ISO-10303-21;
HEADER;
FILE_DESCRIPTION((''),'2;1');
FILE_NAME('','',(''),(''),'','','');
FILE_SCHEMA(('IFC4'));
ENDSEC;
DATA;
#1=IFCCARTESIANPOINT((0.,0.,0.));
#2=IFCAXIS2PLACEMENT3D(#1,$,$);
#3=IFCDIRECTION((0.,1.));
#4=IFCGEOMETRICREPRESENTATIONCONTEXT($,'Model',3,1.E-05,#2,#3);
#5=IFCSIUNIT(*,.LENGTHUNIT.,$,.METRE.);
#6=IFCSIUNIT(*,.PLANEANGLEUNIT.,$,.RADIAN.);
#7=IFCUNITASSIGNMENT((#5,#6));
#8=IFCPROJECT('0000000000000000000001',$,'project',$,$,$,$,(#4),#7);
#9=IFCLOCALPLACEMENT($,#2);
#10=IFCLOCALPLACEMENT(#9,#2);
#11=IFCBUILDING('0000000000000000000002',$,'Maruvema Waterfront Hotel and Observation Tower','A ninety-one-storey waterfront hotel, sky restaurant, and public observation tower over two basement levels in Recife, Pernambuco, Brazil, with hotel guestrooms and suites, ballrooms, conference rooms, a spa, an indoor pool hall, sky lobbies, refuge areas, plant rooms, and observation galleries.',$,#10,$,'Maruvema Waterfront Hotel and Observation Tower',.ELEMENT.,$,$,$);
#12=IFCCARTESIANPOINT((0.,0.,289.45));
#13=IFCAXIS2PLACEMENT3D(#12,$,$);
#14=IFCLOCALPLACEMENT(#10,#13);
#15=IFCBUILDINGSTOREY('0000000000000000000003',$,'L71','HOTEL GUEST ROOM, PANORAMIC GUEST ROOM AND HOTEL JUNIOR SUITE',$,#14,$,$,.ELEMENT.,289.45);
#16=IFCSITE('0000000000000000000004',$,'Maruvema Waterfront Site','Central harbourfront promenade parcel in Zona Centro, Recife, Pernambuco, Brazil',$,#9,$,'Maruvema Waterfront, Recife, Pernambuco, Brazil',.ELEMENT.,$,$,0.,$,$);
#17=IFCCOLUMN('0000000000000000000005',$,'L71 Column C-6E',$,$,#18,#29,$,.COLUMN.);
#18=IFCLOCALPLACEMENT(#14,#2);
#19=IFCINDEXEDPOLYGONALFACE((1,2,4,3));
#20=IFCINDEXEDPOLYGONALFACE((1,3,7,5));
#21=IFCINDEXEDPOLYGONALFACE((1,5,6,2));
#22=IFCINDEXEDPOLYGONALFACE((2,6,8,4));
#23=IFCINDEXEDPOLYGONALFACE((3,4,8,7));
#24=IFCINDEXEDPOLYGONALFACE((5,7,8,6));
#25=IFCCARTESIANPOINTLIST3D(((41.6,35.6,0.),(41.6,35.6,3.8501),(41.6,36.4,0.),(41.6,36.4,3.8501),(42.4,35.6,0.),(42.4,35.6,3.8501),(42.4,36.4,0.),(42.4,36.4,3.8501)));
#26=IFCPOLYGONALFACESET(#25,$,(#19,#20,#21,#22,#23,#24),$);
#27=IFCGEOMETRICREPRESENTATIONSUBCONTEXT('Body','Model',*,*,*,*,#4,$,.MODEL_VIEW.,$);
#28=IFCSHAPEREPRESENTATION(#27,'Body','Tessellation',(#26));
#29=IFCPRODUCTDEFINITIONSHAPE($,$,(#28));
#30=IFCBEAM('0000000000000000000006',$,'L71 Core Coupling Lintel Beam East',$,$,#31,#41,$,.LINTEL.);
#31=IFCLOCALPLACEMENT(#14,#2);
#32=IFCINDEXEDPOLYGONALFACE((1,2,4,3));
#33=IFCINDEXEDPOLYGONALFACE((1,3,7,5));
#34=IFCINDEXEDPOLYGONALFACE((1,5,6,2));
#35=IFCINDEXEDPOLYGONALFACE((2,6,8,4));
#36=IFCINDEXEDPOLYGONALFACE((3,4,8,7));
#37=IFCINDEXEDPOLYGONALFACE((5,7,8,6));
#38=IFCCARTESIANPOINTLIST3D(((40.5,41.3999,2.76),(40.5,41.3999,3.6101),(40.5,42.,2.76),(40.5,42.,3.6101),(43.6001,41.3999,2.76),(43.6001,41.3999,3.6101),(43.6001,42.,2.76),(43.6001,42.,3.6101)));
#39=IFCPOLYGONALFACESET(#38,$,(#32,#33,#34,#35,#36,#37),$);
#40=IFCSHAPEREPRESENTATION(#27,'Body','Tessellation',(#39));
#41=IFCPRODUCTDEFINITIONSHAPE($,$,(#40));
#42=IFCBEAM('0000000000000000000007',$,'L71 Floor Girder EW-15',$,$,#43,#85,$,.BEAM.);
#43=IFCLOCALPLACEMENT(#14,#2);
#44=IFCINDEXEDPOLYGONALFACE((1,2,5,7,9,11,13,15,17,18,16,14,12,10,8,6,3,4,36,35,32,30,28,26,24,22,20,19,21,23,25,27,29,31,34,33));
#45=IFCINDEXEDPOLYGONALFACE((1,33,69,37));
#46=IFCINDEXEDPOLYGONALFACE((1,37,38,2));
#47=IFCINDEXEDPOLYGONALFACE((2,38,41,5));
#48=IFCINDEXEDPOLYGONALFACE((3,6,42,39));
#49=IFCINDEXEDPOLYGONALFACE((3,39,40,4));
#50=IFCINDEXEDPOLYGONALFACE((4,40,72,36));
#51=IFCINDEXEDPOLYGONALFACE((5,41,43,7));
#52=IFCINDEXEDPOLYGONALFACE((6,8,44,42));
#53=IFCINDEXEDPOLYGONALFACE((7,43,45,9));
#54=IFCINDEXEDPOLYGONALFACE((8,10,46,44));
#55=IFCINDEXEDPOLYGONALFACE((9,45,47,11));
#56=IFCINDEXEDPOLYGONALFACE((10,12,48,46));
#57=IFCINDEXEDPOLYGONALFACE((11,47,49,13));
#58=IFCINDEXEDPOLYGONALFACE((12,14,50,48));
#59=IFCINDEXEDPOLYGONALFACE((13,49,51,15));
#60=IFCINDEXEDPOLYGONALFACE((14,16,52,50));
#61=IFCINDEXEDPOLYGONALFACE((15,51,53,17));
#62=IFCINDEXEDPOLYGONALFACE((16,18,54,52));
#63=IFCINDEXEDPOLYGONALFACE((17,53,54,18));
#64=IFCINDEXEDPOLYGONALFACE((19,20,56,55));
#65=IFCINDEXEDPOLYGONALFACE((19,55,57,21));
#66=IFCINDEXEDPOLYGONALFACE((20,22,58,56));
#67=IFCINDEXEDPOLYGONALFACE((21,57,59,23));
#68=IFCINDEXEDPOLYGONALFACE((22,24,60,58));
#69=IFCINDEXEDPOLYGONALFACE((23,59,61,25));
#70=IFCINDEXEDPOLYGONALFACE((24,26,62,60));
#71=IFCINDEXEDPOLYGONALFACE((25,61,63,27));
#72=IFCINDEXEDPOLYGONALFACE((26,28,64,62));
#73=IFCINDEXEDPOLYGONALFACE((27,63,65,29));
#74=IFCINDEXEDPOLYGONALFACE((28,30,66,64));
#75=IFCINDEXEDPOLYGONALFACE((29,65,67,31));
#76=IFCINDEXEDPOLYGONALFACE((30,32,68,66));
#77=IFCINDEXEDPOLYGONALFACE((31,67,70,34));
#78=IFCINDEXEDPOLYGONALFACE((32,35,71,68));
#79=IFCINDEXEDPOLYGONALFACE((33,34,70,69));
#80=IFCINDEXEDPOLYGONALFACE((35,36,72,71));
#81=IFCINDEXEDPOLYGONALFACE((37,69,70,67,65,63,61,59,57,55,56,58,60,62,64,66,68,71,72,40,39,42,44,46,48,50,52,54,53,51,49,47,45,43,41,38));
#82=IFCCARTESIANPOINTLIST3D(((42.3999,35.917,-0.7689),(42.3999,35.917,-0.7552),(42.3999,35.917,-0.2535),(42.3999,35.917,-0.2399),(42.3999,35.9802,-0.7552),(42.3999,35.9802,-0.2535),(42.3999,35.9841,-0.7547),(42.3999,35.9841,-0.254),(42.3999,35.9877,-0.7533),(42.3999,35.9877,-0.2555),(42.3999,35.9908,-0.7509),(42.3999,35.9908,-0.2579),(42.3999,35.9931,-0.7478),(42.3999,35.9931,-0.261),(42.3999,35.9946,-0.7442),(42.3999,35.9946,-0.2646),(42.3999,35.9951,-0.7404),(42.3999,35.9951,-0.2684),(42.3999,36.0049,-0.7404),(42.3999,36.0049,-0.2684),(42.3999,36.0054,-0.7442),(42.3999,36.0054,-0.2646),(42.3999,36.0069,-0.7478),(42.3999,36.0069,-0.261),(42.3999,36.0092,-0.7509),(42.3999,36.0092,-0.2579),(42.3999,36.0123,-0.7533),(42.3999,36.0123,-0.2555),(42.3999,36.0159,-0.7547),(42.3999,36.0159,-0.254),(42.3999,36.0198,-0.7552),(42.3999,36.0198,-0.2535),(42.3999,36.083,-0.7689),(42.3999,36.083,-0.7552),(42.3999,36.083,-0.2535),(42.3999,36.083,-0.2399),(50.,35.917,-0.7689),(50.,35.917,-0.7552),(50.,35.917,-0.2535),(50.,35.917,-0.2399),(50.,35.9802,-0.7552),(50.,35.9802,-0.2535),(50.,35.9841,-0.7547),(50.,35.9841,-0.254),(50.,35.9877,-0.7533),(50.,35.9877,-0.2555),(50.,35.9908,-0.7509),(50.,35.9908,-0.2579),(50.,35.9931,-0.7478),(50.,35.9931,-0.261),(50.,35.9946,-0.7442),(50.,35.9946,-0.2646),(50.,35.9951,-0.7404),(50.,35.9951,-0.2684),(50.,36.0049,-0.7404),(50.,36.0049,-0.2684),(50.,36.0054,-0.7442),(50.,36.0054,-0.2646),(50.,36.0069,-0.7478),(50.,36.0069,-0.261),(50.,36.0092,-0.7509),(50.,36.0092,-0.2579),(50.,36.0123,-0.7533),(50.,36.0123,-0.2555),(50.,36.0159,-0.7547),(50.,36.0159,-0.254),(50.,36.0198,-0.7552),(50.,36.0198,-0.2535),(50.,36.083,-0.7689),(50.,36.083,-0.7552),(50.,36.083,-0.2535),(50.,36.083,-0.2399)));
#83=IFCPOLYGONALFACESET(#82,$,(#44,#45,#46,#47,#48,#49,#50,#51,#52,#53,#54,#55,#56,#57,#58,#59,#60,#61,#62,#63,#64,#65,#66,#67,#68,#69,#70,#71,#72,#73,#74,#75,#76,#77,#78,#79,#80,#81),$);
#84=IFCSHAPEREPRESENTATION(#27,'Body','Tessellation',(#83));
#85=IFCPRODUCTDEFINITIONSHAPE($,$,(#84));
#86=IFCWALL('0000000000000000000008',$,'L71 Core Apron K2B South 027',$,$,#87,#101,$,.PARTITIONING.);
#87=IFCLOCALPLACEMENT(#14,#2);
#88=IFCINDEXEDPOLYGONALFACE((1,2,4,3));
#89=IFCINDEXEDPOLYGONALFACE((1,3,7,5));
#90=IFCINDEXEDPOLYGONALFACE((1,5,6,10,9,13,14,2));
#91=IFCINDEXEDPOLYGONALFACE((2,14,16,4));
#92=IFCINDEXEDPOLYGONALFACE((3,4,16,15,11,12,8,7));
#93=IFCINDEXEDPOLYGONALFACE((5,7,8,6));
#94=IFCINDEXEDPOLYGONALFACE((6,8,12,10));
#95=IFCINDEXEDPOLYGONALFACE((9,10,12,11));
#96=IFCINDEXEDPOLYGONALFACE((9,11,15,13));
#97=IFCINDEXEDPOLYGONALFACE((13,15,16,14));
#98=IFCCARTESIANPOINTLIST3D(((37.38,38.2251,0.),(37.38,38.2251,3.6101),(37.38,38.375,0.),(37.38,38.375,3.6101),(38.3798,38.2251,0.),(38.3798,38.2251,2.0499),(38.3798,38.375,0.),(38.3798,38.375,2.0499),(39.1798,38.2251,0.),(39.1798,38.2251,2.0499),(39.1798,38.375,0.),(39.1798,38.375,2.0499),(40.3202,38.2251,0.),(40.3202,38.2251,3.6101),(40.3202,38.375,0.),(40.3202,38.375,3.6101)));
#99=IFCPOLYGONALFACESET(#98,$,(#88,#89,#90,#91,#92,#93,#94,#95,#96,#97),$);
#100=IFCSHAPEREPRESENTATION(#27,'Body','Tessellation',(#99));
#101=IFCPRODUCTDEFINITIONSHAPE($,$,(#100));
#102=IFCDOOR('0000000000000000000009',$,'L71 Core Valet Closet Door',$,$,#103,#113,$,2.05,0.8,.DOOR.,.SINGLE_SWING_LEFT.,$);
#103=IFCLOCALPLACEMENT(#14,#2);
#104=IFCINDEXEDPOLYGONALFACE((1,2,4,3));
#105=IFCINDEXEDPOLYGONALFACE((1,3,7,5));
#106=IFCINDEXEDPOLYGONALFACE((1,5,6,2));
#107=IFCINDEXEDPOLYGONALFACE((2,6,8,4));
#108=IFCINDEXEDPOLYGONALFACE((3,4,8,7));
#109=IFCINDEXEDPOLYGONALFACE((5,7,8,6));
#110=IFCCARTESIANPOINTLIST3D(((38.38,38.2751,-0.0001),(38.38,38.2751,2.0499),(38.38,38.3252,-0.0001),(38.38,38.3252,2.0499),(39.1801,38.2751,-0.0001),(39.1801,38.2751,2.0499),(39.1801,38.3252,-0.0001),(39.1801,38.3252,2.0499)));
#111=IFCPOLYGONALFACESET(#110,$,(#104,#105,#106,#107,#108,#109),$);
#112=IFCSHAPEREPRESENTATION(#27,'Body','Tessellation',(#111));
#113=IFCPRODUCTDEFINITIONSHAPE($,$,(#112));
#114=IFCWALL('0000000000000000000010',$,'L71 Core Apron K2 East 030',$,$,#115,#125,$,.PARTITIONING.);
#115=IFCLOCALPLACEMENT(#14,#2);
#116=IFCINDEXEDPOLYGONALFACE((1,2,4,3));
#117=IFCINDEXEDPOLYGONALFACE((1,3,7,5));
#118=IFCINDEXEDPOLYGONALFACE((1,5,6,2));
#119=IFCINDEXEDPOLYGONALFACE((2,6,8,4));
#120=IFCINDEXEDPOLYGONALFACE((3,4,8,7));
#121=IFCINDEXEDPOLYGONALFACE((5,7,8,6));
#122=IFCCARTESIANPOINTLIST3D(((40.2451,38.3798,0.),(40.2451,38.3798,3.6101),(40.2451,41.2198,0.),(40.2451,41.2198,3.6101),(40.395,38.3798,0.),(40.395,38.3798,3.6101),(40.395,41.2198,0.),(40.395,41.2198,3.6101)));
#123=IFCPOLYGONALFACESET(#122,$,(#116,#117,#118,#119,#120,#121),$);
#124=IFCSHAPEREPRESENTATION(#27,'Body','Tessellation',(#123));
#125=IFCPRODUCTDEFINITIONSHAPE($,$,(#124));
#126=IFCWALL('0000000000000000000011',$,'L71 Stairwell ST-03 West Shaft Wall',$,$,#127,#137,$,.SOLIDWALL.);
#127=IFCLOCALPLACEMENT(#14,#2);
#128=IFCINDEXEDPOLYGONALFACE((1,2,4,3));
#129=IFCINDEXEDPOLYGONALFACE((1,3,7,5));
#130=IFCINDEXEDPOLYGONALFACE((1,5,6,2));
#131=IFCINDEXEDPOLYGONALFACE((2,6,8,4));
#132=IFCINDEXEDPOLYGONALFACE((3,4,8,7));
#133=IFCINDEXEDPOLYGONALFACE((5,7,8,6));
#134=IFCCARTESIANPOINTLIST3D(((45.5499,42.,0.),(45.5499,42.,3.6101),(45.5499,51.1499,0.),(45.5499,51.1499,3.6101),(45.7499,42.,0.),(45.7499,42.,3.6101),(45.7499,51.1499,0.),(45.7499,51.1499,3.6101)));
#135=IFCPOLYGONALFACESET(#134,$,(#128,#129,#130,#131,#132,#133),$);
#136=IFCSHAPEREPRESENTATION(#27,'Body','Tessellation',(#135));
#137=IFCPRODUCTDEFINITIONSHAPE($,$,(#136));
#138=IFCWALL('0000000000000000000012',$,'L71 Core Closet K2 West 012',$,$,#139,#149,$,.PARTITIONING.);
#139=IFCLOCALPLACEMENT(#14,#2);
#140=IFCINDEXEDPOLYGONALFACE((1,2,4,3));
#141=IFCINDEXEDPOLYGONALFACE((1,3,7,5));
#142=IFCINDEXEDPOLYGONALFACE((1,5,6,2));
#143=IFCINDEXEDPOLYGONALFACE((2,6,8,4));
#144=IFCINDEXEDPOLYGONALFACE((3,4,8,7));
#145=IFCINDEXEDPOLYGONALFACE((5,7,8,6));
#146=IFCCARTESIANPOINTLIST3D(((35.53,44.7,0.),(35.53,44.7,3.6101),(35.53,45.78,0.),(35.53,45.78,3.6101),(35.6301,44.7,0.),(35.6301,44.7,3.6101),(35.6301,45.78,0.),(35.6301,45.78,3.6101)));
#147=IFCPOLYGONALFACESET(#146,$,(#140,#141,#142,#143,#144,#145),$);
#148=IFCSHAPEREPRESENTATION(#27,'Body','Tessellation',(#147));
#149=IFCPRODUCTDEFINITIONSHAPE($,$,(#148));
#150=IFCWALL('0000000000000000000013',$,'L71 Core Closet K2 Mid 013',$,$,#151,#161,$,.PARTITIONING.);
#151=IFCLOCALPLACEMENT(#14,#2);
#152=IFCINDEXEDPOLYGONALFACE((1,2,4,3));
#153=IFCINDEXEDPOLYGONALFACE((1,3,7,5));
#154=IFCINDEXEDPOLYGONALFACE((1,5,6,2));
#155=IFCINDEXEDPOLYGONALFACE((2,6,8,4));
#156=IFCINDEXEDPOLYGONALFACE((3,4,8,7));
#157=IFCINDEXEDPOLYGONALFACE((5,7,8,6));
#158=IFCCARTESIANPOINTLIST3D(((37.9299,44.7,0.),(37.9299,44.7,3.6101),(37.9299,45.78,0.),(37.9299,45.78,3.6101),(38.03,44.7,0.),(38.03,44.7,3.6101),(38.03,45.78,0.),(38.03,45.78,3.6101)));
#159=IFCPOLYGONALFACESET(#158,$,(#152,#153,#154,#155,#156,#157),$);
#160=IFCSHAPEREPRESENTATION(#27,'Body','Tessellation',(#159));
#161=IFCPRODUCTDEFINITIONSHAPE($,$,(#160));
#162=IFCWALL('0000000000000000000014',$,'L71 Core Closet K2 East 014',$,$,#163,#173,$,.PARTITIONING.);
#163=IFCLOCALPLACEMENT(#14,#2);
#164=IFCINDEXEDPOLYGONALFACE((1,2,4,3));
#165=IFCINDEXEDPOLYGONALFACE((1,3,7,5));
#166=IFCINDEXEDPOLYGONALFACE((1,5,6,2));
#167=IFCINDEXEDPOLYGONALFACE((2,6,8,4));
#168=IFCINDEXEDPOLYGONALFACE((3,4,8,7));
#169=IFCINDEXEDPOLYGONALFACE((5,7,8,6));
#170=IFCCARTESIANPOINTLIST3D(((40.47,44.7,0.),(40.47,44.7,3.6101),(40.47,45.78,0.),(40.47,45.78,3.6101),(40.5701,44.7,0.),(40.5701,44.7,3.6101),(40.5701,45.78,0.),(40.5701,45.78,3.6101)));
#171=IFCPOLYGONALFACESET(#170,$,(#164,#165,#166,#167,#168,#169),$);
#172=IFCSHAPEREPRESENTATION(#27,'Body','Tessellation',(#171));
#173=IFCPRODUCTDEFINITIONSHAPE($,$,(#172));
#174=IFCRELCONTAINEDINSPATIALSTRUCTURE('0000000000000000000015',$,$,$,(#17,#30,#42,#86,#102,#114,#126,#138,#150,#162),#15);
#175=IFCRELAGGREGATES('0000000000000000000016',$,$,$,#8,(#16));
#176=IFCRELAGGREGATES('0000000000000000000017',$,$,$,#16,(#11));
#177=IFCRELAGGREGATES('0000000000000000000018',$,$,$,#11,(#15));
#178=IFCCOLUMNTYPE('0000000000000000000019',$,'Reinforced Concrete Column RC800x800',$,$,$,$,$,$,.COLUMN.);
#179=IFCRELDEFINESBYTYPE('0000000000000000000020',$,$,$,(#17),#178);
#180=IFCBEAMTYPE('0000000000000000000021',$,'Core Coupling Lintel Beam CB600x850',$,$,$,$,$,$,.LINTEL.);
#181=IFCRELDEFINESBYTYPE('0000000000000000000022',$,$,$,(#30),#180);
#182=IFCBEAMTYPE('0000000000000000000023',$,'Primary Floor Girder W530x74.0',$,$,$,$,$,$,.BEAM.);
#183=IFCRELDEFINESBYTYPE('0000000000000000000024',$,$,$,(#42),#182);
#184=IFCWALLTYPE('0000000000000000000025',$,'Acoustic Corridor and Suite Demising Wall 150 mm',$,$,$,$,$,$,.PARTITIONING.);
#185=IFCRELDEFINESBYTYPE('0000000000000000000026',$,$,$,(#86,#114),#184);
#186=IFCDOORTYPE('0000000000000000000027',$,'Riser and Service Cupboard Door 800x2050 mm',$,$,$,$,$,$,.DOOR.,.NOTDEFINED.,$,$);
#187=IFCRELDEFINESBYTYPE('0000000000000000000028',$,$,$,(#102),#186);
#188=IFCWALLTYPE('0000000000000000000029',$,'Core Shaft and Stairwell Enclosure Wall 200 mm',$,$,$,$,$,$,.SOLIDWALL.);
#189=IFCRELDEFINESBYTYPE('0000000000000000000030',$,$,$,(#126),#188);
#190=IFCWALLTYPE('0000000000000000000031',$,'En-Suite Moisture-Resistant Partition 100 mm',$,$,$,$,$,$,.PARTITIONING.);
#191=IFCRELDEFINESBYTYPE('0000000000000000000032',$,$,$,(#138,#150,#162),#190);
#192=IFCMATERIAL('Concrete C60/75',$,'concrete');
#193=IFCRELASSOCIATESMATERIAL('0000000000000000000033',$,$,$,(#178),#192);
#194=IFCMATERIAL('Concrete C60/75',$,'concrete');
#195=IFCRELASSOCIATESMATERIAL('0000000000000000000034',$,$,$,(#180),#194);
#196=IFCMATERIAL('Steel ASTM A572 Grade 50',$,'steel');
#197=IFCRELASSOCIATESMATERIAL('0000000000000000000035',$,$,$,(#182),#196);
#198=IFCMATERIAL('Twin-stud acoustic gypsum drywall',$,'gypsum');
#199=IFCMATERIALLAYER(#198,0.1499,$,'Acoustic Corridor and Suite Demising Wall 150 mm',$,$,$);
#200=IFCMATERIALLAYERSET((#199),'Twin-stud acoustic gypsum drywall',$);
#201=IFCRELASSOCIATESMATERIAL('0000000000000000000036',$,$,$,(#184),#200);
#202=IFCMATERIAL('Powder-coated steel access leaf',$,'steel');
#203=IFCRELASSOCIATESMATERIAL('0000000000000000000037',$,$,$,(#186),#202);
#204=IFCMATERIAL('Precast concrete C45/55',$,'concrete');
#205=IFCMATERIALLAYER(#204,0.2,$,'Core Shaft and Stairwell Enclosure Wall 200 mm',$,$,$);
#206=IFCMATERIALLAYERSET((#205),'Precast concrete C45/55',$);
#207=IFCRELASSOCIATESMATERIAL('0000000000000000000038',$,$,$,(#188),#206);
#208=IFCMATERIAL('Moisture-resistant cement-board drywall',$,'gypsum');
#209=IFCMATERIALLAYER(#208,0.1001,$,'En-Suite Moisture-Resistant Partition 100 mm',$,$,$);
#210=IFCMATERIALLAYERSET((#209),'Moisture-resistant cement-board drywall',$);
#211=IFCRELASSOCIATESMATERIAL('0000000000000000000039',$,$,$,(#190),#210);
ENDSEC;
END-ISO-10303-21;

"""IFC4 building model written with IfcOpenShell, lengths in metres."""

from ifc_helpers import new_model, si_unit, direction, frame, frame_2d, origin, origin_2d, place, context, subcontext, project, spatial, rectangle, i_section, extrude, material, layer, layer_set, material_profile, profile_set, type_object, element, fill, save


model = new_model("IFC4")

# Units and contexts
model_context = context("Model", 3, precision=1e-05, world=origin(), true_north=direction((0.0, 1.0)))
body_context = subcontext(model_context, "Body", "Model", "MODEL_VIEW")
ifc_project = project(units=[si_unit("LENGTHUNIT", "METRE"), si_unit("PLANEANGLEUNIT", "RADIAN")], contexts=[model_context])

# Site, building, storey
site_placement = place(None, origin())
site = spatial("IfcSite", under=ifc_project, at=site_placement, Name="Maruvema Waterfront Site", Description="Central harbourfront promenade parcel in Zona Centro, Recife, Pernambuco, Brazil", LongName="Maruvema Waterfront, Recife, Pernambuco, Brazil", CompositionType="ELEMENT", RefElevation=0.0)
building_placement = place(site_placement, origin())
building = spatial("IfcBuilding", under=site, at=building_placement, Name="Maruvema Waterfront Hotel and Observation Tower", Description="A ninety-one-storey waterfront hotel, sky restaurant, and public observation tower over two basement levels in Recife, Pernambuco, Brazil, with hotel guestrooms and suites, ballrooms, conference rooms, a spa, an indoor pool hall, sky lobbies, refuge areas, plant rooms, and observation galleries.", LongName="Maruvema Waterfront Hotel and Observation Tower", CompositionType="ELEMENT")
storey_placement = place(building_placement, frame((0.0, 0.0, 289.45)))
storey = spatial("IfcBuildingStorey", under=building, at=storey_placement, Name="L71", Description="HOTEL GUEST ROOM, PANORAMIC GUEST ROOM AND HOTEL JUNIOR SUITE", CompositionType="ELEMENT", Elevation=289.45)

# Column
ifc_material_1 = material(Name="Concrete C60/75", Category="concrete")
ifc_material_profile_1 = material_profile(ifc_material_1, rectangle(XDim=0.8, YDim=0.8, at=origin_2d()), Name="RC800x800")
ifc_profile_set_1 = profile_set([ifc_material_profile_1], Name="Concrete C60/75")
column_type = type_object("IfcColumnType", Name="Reinforced Concrete Column RC800x800", PredefinedType="COLUMN", material=ifc_profile_set_1)
column_placement = place(storey_placement, frame((42.0, 36.0, 0.0), z_axis=(0.0, 0.0, 1.0), x_axis=(1.0, 0.0, 0.0)))
element("IfcColumn", 1, at=column_placement, inside=storey, type_object=column_type, Name="L71 Column C-6E", PredefinedType="COLUMN", context=body_context, shape_type="SweptSolid", body=[
    extrude(rectangle(XDim=0.8, YDim=0.8, at=origin_2d()), origin(), (0.0, 0.0, 1.0), 3.8501),
])

# Beams
ifc_material_2 = material(Name="Concrete C60/75", Category="concrete")
ifc_material_profile_2 = material_profile(ifc_material_2, rectangle(XDim=0.6001, YDim=0.8501, at=origin_2d()), Name="CB600x850")
ifc_profile_set_2 = profile_set([ifc_material_profile_2], Name="Concrete C60/75")
beam_type_1 = type_object("IfcBeamType", Name="Core Coupling Lintel Beam CB600x850", PredefinedType="LINTEL", material=ifc_profile_set_2)
beam_1_placement = place(storey_placement, frame((40.5, 41.7, 3.1851), z_axis=(1.0, 0.0, 0.0), x_axis=(0.0, 1.0, 0.0)))
element("IfcBeam", 2, at=beam_1_placement, inside=storey, type_object=beam_type_1, Name="L71 Core Coupling Lintel Beam East", PredefinedType="LINTEL", context=body_context, shape_type="SweptSolid", body=[
    extrude(rectangle(XDim=0.6001, YDim=0.8501, at=origin_2d()), origin(), (0.0, 0.0, 1.0), 3.1001),
])
ifc_material_3 = material(Name="Steel ASTM A572 Grade 50", Category="steel")
ifc_material_profile_3 = material_profile(ifc_material_3, i_section(OverallWidth=0.166, OverallDepth=0.5291, WebThickness=0.0098, FlangeThickness=0.0137, FilletRadius=0.0149, at=origin_2d()), Name="W530x74.0")
ifc_profile_set_3 = profile_set([ifc_material_profile_3], Name="Steel ASTM A572 Grade 50")
beam_type_2 = type_object("IfcBeamType", Name="Primary Floor Girder W530x74.0", PredefinedType="BEAM", material=ifc_profile_set_3)
beam_2_placement = place(storey_placement, frame((42.3999, 36.0, -0.5044), z_axis=(1.0, 0.0, 0.0), x_axis=(0.0, 1.0, 0.0)))
element("IfcBeam", 3, at=beam_2_placement, inside=storey, type_object=beam_type_2, Name="L71 Floor Girder EW-15", PredefinedType="BEAM", context=body_context, shape_type="SweptSolid", body=[
    extrude(i_section(OverallWidth=0.166, OverallDepth=0.5291, WebThickness=0.0098, FlangeThickness=0.0137, FilletRadius=0.0149, at=origin_2d()), origin(), (0.0, 0.0, 1.0), 7.6001),
])

# Wall, opening, door
ifc_material_4 = material(Name="Twin-stud acoustic gypsum drywall", Category="gypsum")
ifc_layer_1 = layer(ifc_material_4, 0.1499, Name="Acoustic Corridor and Suite Demising Wall 150 mm")
ifc_layer_set_1 = layer_set([ifc_layer_1], Name="Twin-stud acoustic gypsum drywall")
wall_type_1 = type_object("IfcWallType", Name="Acoustic Corridor and Suite Demising Wall 150 mm", PredefinedType="PARTITIONING", material=ifc_layer_set_1)
wall_1_placement = place(storey_placement, frame((37.3799, 38.3, 0.0), z_axis=(0.0, 0.0, 1.0), x_axis=(1.0, 0.0, 0.0)))
wall_1 = element("IfcWall", 4, at=wall_1_placement, inside=storey, type_object=wall_type_1, Name="L71 Core Apron K2B South 027", PredefinedType="PARTITIONING", context=body_context, shape_type="SweptSolid", body=[
    extrude(rectangle(XDim=2.9402, YDim=0.1499, at=frame_2d((1.4702, 0.0))), origin(), (0.0, 0.0, 1.0), 3.6101),
])
opening_1_placement = place(wall_1_placement, frame((1.0, 0.0, 0.0)))
opening_1 = element("IfcOpeningElement", 5, at=opening_1_placement, cuts=wall_1, PredefinedType="OPENING", context=body_context, shape_type="SweptSolid", body=[
    extrude(rectangle(XDim=0.8, YDim=2.05, at=frame_2d((0.3999, 1.0249))), frame((0.0, 0.085, 0.0), z_axis=(0.0, -1.0, 0.0), x_axis=(1.0, 0.0, 0.0)), (0.0, 0.0, 1.0), 0.1699),
])
ifc_material_5 = material(Name="Powder-coated steel access leaf", Category="steel")
door_type_1 = type_object("IfcDoorType", Name="Riser and Service Cupboard Door 800x2050 mm", OperationType="NOTDEFINED", PredefinedType="DOOR", material=ifc_material_5)
door_1_placement = place(opening_1_placement, frame((0.8, 0.0, 0.0), z_axis=(0.0, 0.0, 1.0), x_axis=(-1.0, 0.0, 0.0)))
door_1 = element("IfcDoor", 6, at=door_1_placement, inside=storey, type_object=door_type_1, Name="L71 Core Valet Closet Door", OperationType="SINGLE_SWING_LEFT", OverallHeight=2.05, OverallWidth=0.8, PredefinedType="DOOR", context=body_context, shape_type="SweptSolid", body=[
    extrude(rectangle(XDim=0.8, YDim=2.05, at=frame_2d((0.3999, 1.0249))), frame((0.0, 0.0249, 0.0), z_axis=(0.0, -1.0, 0.0), x_axis=(1.0, 0.0, 0.0)), (0.0, 0.0, 1.0), 0.05),
])
fill(opening_1, door_1)

# Walls
wall_2_placement = place(storey_placement, frame((40.3201, 38.3799, 0.0), z_axis=(0.0, 0.0, 1.0), x_axis=(0.0, 1.0, 0.0)))
element("IfcWall", 7, at=wall_2_placement, inside=storey, type_object=wall_type_1, Name="L71 Core Apron K2 East 030", PredefinedType="PARTITIONING", context=body_context, shape_type="SweptSolid", body=[
    extrude(rectangle(XDim=2.8401, YDim=0.1499, at=frame_2d((1.4199, 0.0))), origin(), (0.0, 0.0, 1.0), 3.6101),
])
ifc_material_6 = material(Name="Precast concrete C45/55", Category="concrete")
ifc_layer_2 = layer(ifc_material_6, 0.2, Name="Core Shaft and Stairwell Enclosure Wall 200 mm")
ifc_layer_set_2 = layer_set([ifc_layer_2], Name="Precast concrete C45/55")
wall_type_2 = type_object("IfcWallType", Name="Core Shaft and Stairwell Enclosure Wall 200 mm", PredefinedType="SOLIDWALL", material=ifc_layer_set_2)
wall_3_placement = place(storey_placement, frame((45.6499, 42.0, 0.0), z_axis=(0.0, 0.0, 1.0), x_axis=(0.0, 1.0, 0.0)))
element("IfcWall", 8, at=wall_3_placement, inside=storey, type_object=wall_type_2, Name="L71 Stairwell ST-03 West Shaft Wall", PredefinedType="SOLIDWALL", context=body_context, shape_type="SweptSolid", body=[
    extrude(rectangle(XDim=9.1499, YDim=0.2, at=frame_2d((4.575, 0.0))), origin(), (0.0, 0.0, 1.0), 3.6101),
])

# Walls
ifc_material_7 = material(Name="Moisture-resistant cement-board drywall", Category="gypsum")
ifc_layer_3 = layer(ifc_material_7, 0.1001, Name="En-Suite Moisture-Resistant Partition 100 mm")
ifc_layer_set_3 = layer_set([ifc_layer_3], Name="Moisture-resistant cement-board drywall")
wall_type_3 = type_object("IfcWallType", Name="En-Suite Moisture-Resistant Partition 100 mm", PredefinedType="PARTITIONING", material=ifc_layer_set_3)
for number, where, z_axis, x_axis, name in (
    (9, (35.5801, 44.7, 0.0), (0.0, 0.0, 1.0), (0.0, 1.0, 0.0), "L71 Core Closet K2 West 012"),
    (10, (37.98, 44.7, 0.0), (0.0, 0.0, 1.0), (0.0, 1.0, 0.0), "L71 Core Closet K2 Mid 013"),
    (11, (40.52, 44.7, 0.0), (0.0, 0.0, 1.0), (0.0, 1.0, 0.0), "L71 Core Closet K2 East 014"),
):
    element("IfcWall", number, at=place(storey_placement, frame(where, z_axis=z_axis, x_axis=x_axis)), inside=storey, type_object=wall_type_3, Name=name, PredefinedType="PARTITIONING", context=body_context, shape_type="SweptSolid", body=[
        extrude(rectangle(XDim=1.0801, YDim=0.1001, at=frame_2d((0.54, 0.0))), origin(), (0.0, 0.0, 1.0), 3.6101),
    ])

save(model, "model.ifc")
